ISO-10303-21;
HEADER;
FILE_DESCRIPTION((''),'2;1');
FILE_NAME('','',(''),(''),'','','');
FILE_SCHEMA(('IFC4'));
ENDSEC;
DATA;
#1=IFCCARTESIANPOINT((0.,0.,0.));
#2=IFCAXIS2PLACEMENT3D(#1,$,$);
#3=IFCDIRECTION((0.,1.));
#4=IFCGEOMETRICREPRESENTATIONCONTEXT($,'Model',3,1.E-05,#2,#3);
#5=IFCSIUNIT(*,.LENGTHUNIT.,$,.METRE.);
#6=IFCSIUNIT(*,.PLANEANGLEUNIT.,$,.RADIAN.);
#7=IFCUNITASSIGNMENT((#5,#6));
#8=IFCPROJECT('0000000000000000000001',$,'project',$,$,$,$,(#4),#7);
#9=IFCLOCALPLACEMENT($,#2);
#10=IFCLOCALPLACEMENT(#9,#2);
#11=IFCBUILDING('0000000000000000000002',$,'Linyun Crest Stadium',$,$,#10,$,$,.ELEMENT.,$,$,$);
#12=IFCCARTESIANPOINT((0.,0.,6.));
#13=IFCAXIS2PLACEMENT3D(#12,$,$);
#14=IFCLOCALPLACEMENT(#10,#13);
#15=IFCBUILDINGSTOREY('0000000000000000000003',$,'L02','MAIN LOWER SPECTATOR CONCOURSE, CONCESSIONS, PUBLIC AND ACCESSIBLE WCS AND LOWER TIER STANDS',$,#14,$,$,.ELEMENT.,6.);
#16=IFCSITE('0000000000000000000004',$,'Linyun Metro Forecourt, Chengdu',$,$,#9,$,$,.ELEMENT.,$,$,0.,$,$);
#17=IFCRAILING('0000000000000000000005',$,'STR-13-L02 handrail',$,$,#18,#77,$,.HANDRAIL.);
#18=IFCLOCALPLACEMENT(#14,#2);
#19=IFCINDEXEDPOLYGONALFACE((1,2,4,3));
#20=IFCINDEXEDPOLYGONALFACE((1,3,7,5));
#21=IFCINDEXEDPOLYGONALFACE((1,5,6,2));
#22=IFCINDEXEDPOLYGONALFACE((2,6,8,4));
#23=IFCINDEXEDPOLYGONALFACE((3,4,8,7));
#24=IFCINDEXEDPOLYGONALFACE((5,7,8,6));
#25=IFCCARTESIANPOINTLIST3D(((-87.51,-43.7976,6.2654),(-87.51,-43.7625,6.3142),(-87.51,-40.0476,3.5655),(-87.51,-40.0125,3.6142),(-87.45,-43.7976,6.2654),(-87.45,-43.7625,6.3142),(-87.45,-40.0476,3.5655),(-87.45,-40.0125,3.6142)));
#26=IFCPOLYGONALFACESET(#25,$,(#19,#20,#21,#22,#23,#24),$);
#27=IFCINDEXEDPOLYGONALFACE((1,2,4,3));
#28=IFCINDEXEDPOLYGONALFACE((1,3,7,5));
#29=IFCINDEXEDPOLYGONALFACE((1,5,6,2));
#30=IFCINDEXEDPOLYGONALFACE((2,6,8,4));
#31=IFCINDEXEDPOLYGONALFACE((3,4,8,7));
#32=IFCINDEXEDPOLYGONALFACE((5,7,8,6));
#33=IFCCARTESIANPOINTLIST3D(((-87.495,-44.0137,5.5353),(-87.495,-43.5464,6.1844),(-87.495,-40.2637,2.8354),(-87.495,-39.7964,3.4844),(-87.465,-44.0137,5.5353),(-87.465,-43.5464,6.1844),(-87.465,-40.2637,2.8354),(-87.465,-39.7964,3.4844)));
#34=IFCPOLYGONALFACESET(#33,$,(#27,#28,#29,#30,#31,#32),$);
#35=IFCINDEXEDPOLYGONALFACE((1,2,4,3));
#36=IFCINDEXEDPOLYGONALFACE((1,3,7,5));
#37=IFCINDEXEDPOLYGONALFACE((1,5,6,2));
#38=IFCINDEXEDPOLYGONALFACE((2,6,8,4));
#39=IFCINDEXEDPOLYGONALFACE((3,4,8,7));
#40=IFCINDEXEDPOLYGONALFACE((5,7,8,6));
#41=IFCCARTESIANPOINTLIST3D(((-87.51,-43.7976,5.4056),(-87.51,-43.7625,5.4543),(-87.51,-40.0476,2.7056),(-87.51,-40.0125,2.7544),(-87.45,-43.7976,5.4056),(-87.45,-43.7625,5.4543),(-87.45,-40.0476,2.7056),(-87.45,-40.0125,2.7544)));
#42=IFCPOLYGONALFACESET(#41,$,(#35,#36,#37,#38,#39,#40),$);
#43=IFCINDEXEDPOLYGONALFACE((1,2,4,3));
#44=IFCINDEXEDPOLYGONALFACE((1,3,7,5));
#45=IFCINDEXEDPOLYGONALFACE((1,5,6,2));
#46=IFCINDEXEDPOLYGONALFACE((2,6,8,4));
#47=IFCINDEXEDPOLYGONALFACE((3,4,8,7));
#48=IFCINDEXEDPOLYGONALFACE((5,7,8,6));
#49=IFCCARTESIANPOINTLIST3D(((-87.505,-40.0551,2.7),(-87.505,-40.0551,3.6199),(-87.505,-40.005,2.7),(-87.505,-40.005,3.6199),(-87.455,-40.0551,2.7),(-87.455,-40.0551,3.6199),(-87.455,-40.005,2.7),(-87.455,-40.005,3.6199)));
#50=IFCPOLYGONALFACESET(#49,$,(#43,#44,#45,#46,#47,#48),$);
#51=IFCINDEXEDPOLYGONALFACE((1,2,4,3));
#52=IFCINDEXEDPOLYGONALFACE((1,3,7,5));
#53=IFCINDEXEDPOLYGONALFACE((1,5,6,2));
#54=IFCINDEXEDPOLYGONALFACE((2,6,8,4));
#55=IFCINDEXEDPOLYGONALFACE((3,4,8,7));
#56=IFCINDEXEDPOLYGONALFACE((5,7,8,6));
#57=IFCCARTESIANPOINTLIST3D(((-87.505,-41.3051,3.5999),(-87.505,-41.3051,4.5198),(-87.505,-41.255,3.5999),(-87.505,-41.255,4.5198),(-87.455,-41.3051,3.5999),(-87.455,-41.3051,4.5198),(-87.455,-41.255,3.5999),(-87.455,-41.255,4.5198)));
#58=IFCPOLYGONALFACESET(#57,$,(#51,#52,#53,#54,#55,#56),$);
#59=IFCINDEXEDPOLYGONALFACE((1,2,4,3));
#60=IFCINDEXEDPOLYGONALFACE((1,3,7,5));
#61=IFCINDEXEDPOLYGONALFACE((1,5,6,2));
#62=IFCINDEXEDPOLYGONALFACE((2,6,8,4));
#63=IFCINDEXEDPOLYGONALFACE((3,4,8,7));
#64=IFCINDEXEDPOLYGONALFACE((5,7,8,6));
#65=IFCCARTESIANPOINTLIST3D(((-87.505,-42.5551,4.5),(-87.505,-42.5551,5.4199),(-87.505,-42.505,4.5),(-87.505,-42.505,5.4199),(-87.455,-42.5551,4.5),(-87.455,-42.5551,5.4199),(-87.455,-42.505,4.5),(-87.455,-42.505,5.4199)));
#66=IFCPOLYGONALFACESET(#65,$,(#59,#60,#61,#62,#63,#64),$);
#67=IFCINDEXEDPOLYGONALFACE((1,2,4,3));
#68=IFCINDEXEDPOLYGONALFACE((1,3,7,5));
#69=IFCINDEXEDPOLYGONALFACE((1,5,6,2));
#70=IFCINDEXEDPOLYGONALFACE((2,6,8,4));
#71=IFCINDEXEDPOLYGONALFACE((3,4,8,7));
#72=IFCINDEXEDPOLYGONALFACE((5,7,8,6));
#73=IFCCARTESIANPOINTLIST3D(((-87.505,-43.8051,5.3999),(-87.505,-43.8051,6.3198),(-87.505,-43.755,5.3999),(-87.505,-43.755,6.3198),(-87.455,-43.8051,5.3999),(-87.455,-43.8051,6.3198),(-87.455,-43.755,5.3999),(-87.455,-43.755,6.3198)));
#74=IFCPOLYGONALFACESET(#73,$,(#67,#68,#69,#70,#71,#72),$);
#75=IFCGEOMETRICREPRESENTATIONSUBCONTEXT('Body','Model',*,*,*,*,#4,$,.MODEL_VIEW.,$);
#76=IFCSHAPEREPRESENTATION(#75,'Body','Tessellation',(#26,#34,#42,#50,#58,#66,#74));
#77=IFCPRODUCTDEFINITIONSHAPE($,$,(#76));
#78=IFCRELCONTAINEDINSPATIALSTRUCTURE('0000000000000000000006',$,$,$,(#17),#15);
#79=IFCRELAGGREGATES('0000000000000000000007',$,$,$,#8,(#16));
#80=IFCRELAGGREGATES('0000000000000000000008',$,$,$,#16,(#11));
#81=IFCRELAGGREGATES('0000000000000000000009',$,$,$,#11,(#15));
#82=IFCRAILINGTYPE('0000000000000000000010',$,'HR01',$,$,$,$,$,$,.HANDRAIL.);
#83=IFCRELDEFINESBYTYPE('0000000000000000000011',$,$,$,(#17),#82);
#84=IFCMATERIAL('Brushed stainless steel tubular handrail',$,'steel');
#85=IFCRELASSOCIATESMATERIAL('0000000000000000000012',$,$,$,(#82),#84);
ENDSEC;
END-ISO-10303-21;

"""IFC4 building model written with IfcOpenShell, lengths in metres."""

from ifc_helpers import new_model, si_unit, direction, frame, origin, origin_2d, place, context, subcontext, project, spatial, rectangle, extrude, material, type_object, element, save


model = new_model("IFC4")

# Units and contexts
model_context = context("Model", 3, precision=1e-05, world=origin(), true_north=direction((0.0, 1.0)))
body_context = subcontext(model_context, "Body", "Model", "MODEL_VIEW")
ifc_project = project(units=[si_unit("LENGTHUNIT", "METRE"), si_unit("PLANEANGLEUNIT", "RADIAN")], contexts=[model_context])

# Site, building, storey
site_placement = place(None, origin())
site = spatial("IfcSite", under=ifc_project, at=site_placement, Name="Linyun Metro Forecourt, Chengdu", CompositionType="ELEMENT", RefElevation=0.0)
building_placement = place(site_placement, origin())
building = spatial("IfcBuilding", under=site, at=building_placement, Name="Linyun Crest Stadium", CompositionType="ELEMENT")
storey_placement = place(building_placement, frame((0.0, 0.0, 6.0)))
storey = spatial("IfcBuildingStorey", under=building, at=storey_placement, Name="L02", Description="MAIN LOWER SPECTATOR CONCOURSE, CONCESSIONS, PUBLIC AND ACCESSIBLE WCS AND LOWER TIER STANDS", CompositionType="ELEMENT", Elevation=6.0)

# Railing
ifc_material_1 = material(Name="Brushed stainless steel tubular handrail", Category="steel")
railing_type_1 = type_object("IfcRailingType", Name="HR01", PredefinedType="HANDRAIL", material=ifc_material_1)
railing_1_placement = place(storey_placement, frame((-87.48, -40.03, 2.7)))
element("IfcRailing", 1, at=railing_1_placement, inside=storey, type_object=railing_type_1, Name="STR-13-L02 handrail", PredefinedType="HANDRAIL", context=body_context, shape_type="SweptSolid", body=[
    extrude(rectangle(XDim=0.0601, YDim=0.0601, at=origin_2d()), frame((0.0, 0.0, 0.8899), z_axis=(0.0, -0.811539, 0.584298), x_axis=(1.0, 0.0, 0.0)), (0.0, 0.0, 1.0), 4.6208),
    extrude(rectangle(XDim=0.03, YDim=0.7998, at=origin_2d()), frame((0.0, 0.0, 0.46), z_axis=(0.0, -0.811539, 0.584298), x_axis=(1.0, 0.0, 0.0)), (0.0, 0.0, 1.0), 4.6208),
    extrude(rectangle(XDim=0.0601, YDim=0.0601, at=origin_2d()), frame((0.0, 0.0, 0.03), z_axis=(0.0, -0.811539, 0.584298), x_axis=(1.0, 0.0, 0.0)), (0.0, 0.0, 1.0), 4.6208),
    extrude(rectangle(XDim=0.05, YDim=0.05, at=origin_2d()), origin(), (0.0, 0.0, 1.0), 0.9199),
    extrude(rectangle(XDim=0.05, YDim=0.05, at=origin_2d()), frame((0.0, -1.25, 0.8999)), (0.0, 0.0, 1.0), 0.9199),
    extrude(rectangle(XDim=0.05, YDim=0.05, at=origin_2d()), frame((0.0, -2.5, 1.8)), (0.0, 0.0, 1.0), 0.9199),
    extrude(rectangle(XDim=0.05, YDim=0.05, at=origin_2d()), frame((0.0, -3.75, 2.7)), (0.0, 0.0, 1.0), 0.9199),
])

save(model, "model.ifc")
